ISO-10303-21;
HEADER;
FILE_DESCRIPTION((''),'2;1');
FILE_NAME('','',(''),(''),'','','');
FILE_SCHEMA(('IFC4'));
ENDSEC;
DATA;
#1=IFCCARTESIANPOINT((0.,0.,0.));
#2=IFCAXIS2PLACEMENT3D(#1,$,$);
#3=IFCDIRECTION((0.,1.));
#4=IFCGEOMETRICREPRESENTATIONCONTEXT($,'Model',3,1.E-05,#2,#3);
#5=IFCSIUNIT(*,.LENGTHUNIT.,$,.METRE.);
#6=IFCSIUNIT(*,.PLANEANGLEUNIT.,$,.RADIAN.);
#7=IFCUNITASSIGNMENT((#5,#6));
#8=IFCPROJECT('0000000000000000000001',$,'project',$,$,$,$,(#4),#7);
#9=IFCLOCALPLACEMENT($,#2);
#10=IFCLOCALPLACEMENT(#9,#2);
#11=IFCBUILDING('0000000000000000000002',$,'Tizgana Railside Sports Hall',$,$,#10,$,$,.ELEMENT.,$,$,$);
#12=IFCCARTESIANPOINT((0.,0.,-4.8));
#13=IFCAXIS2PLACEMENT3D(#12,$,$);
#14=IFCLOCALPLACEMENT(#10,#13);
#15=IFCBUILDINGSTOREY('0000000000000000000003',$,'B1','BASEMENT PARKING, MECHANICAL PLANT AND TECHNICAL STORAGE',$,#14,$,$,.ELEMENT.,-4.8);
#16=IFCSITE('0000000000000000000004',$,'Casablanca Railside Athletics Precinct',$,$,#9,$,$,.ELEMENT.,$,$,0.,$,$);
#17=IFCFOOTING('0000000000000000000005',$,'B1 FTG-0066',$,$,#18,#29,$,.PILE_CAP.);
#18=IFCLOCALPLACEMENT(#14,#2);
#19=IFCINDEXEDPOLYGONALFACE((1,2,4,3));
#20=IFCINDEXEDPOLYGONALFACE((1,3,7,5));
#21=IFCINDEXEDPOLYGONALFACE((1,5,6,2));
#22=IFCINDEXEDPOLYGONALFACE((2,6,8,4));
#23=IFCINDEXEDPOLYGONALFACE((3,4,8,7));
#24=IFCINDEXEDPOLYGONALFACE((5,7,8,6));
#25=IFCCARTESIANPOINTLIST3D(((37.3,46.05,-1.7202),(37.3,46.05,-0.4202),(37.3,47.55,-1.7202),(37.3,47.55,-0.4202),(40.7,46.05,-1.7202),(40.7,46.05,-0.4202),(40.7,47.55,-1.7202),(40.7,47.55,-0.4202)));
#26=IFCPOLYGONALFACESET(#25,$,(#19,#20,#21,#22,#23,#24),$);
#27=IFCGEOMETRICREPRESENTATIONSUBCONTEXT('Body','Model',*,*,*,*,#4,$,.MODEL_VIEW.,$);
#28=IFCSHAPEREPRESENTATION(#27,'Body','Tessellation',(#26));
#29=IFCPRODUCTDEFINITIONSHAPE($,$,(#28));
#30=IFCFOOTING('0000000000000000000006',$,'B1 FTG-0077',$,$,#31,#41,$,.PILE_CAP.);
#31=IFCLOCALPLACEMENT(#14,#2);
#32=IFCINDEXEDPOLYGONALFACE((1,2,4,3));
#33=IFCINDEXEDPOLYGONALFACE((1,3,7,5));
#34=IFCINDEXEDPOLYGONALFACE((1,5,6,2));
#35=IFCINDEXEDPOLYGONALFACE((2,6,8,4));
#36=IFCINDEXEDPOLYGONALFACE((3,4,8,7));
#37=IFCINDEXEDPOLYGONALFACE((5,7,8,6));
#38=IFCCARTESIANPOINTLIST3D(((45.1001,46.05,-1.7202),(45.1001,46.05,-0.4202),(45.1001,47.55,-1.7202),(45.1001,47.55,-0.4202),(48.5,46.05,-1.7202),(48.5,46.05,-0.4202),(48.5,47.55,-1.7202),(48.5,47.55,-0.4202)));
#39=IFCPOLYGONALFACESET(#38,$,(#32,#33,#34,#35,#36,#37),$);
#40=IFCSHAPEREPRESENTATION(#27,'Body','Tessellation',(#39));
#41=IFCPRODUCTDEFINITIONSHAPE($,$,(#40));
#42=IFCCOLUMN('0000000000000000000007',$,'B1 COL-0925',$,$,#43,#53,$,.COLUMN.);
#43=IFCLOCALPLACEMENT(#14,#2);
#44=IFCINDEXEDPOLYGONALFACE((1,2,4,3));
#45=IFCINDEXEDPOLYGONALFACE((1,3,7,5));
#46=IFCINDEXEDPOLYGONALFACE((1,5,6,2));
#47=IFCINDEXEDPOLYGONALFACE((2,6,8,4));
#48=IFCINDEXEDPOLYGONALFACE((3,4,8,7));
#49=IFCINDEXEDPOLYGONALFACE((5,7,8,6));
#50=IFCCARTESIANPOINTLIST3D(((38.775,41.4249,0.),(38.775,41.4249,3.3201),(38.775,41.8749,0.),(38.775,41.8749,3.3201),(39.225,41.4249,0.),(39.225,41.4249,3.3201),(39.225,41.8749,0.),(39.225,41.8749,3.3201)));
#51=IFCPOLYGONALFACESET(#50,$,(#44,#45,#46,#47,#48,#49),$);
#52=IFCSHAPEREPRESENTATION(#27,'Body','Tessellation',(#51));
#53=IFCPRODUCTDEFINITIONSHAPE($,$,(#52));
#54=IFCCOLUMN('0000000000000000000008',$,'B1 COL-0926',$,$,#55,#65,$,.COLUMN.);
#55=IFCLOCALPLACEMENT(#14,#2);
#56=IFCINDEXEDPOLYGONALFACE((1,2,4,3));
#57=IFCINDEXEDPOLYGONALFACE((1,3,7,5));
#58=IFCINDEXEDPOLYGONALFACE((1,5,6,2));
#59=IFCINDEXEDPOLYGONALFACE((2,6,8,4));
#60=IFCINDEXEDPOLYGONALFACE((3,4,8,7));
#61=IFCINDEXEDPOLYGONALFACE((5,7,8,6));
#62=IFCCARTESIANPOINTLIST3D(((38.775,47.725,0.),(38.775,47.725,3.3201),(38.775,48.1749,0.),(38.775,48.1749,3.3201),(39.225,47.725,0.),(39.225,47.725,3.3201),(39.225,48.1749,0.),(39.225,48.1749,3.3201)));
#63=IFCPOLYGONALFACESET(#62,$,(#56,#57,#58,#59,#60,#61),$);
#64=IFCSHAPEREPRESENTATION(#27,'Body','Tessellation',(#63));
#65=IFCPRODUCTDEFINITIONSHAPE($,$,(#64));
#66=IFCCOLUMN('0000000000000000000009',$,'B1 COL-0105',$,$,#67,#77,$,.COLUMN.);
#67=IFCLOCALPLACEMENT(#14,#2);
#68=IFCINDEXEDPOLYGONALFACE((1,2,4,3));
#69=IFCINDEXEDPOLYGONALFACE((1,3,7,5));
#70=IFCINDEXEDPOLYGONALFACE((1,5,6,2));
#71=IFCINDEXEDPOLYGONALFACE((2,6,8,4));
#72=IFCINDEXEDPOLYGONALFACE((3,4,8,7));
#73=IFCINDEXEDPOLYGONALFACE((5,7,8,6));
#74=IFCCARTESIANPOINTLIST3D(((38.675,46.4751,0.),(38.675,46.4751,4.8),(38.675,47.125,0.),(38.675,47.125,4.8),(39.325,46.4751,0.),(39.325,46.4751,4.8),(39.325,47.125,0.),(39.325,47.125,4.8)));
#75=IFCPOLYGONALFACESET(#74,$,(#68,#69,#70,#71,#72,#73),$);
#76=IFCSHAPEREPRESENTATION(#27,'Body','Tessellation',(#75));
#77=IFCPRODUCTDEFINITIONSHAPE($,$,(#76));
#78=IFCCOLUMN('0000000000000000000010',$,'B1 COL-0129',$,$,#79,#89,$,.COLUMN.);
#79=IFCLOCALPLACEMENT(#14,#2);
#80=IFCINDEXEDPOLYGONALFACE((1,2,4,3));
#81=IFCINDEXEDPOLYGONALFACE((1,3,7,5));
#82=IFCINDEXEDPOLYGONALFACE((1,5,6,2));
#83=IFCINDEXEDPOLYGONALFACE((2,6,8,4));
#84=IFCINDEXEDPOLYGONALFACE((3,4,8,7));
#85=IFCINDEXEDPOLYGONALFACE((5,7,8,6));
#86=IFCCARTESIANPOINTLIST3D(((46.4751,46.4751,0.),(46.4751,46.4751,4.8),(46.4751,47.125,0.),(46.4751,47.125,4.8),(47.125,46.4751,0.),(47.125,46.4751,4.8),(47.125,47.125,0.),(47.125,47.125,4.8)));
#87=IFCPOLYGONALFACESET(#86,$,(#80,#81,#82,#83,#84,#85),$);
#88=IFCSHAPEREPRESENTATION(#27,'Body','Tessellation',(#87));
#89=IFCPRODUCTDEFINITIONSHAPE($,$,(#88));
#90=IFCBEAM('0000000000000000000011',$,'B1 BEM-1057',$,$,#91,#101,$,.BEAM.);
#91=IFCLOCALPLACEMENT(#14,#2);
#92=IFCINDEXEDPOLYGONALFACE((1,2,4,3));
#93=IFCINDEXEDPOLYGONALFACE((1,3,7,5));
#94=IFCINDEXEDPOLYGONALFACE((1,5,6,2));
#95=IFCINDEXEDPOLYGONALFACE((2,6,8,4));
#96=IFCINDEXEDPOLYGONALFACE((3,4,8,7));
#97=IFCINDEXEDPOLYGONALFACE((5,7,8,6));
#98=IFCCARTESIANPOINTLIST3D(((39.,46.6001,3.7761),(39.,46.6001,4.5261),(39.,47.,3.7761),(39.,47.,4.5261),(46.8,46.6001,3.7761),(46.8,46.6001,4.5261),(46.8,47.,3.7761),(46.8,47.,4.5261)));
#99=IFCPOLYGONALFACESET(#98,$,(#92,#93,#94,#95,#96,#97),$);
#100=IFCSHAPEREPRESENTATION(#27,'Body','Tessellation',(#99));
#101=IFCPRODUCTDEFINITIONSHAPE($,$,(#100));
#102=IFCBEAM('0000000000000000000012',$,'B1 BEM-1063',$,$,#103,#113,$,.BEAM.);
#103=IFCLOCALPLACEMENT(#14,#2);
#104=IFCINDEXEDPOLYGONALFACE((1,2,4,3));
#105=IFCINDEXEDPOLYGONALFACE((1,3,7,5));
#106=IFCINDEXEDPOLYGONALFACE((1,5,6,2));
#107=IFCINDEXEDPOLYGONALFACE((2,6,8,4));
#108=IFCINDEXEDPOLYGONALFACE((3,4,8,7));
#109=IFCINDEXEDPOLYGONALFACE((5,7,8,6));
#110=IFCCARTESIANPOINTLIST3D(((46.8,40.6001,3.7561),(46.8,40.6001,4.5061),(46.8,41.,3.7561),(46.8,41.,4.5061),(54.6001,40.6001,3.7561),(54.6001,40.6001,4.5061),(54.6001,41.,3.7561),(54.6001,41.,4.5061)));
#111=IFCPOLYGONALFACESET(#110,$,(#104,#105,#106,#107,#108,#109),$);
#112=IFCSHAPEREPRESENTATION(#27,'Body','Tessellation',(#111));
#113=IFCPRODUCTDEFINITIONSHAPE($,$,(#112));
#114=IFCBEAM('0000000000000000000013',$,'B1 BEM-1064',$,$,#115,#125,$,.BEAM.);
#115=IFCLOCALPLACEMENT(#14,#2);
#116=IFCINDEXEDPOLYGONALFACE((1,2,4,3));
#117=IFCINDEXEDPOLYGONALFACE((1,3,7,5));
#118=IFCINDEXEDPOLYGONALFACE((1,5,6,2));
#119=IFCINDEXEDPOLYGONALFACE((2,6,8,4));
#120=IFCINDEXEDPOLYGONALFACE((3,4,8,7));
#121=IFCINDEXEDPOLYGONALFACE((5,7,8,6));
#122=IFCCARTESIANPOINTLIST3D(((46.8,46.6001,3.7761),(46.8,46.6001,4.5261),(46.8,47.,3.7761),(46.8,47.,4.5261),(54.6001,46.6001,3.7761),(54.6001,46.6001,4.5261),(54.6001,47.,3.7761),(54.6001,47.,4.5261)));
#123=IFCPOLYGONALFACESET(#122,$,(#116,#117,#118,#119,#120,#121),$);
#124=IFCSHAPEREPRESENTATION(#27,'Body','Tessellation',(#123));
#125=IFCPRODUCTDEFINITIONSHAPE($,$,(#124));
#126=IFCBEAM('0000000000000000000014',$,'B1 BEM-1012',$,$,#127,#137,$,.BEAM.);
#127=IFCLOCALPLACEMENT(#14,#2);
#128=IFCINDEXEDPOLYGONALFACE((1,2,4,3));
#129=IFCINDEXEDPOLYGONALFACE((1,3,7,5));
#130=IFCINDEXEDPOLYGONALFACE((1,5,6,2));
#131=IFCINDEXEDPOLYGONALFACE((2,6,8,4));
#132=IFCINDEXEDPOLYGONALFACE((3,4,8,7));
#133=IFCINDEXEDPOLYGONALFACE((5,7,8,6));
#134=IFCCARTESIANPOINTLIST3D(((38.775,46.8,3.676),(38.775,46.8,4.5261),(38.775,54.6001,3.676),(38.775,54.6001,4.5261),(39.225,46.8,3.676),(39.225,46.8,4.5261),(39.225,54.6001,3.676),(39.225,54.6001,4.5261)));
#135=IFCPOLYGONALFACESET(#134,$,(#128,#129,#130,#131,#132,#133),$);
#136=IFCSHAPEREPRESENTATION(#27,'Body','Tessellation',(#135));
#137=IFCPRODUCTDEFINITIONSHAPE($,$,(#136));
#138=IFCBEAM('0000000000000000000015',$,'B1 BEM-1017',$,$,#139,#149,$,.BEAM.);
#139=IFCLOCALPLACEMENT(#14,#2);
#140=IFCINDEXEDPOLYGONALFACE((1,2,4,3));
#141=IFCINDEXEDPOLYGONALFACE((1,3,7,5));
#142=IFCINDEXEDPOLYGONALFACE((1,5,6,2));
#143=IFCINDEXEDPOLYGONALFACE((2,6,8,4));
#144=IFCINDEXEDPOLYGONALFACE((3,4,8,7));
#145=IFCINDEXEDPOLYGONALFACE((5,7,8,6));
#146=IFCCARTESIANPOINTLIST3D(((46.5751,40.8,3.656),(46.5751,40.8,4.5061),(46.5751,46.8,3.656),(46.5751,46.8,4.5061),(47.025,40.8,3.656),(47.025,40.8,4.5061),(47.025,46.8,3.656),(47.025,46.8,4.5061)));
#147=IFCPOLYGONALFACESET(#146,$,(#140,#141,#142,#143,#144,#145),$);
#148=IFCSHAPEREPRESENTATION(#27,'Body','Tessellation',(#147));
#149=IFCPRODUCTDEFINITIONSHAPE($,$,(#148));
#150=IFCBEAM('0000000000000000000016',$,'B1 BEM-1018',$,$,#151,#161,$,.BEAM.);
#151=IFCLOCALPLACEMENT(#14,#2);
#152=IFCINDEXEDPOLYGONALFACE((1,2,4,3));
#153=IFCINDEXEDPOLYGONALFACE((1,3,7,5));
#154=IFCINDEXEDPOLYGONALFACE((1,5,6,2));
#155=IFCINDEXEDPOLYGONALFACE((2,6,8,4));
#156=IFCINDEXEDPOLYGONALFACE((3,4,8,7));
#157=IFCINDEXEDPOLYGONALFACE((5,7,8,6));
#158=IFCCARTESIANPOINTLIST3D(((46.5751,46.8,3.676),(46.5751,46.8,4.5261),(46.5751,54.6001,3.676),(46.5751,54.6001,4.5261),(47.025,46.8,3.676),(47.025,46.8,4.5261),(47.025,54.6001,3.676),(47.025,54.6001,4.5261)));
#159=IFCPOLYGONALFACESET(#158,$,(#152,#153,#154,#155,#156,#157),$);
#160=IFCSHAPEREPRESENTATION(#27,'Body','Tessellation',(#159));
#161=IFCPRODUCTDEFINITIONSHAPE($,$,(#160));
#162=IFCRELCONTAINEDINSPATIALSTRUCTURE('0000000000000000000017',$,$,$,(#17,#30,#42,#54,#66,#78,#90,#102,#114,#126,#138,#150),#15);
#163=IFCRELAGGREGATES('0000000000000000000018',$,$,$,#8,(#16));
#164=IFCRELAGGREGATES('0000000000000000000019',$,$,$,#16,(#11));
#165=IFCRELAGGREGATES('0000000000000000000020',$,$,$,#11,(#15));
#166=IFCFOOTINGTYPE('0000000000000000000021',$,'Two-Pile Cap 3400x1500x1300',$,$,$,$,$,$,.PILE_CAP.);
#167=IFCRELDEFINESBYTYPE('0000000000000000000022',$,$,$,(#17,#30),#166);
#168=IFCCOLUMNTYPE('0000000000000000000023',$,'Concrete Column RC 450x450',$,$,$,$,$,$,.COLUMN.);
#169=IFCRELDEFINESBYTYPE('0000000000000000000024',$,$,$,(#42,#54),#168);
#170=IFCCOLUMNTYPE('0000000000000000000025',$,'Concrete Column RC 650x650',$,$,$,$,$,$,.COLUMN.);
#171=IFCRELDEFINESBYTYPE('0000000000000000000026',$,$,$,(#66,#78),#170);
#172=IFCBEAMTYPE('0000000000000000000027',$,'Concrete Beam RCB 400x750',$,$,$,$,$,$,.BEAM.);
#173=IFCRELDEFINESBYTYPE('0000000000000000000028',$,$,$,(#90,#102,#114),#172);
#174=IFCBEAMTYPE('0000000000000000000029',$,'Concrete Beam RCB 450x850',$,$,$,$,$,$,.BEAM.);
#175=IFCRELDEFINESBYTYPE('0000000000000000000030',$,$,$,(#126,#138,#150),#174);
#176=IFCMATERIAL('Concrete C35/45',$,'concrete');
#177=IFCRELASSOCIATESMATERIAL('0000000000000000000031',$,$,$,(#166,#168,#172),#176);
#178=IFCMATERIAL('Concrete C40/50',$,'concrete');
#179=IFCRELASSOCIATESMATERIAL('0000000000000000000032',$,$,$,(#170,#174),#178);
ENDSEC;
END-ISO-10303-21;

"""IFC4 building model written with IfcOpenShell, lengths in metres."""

from ifc_helpers import new_model, si_unit, direction, frame, origin, origin_2d, place, context, subcontext, project, spatial, rectangle, extrude, material, material_profile, profile_set, type_object, element, save


model = new_model("IFC4")

# Units and contexts
model_context = context("Model", 3, precision=1e-05, world=origin(), true_north=direction((0.0, 1.0)))
body_context = subcontext(model_context, "Body", "Model", "MODEL_VIEW")
ifc_project = project(units=[si_unit("LENGTHUNIT", "METRE"), si_unit("PLANEANGLEUNIT", "RADIAN")], contexts=[model_context])

# Site, building, storey
site_placement = place(None, origin())
site = spatial("IfcSite", under=ifc_project, at=site_placement, Name="Casablanca Railside Athletics Precinct", CompositionType="ELEMENT", RefElevation=0.0)
building_placement = place(site_placement, origin())
building = spatial("IfcBuilding", under=site, at=building_placement, Name="Tizgana Railside Sports Hall", CompositionType="ELEMENT")
storey_placement = place(building_placement, frame((0.0, 0.0, -4.8)))
storey = spatial("IfcBuildingStorey", under=building, at=storey_placement, Name="B1", Description="BASEMENT PARKING, MECHANICAL PLANT AND TECHNICAL STORAGE", CompositionType="ELEMENT", Elevation=-4.8)

# Shared definitions
ifc_material_1 = material(Name="Concrete C35/45", Category="concrete")

# Footings
footing_type_1 = type_object("IfcFootingType", Name="Two-Pile Cap 3400x1500x1300", PredefinedType="PILE_CAP", material=ifc_material_1)
for number, where, z_axis, x_axis, name in (
    (1, (39.0, 46.8, -1.7202), (0.0, 0.0, 1.0), (1.0, 0.0, 0.0), "B1 FTG-0066"),
    (2, (46.8, 46.8, -1.7202), (0.0, 0.0, 1.0), (1.0, 0.0, 0.0), "B1 FTG-0077"),
):
    element("IfcFooting", number, at=place(storey_placement, frame(where, z_axis=z_axis, x_axis=x_axis)), inside=storey, type_object=footing_type_1, Name=name, PredefinedType="PILE_CAP", context=body_context, shape_type="SweptSolid", body=[
        extrude(rectangle(XDim=3.3999, YDim=1.5, at=origin_2d()), origin(), (0.0, 0.0, 1.0), 1.3),
    ])

# Columns
ifc_material_profile_1 = material_profile(ifc_material_1, rectangle(XDim=0.45, YDim=0.45, at=origin_2d()), Name="RC 450x450")
ifc_profile_set_1 = profile_set([ifc_material_profile_1], Name="Concrete C35/45")
column_type_1 = type_object("IfcColumnType", Name="Concrete Column RC 450x450", PredefinedType="COLUMN", material=ifc_profile_set_1)
for number, where, z_axis, x_axis, name in (
    (3, (39.0, 41.6499, 0.0), (0.0, 0.0, 1.0), (1.0, 0.0, 0.0), "B1 COL-0925"),
    (4, (39.0, 47.95, 0.0), (0.0, 0.0, 1.0), (1.0, 0.0, 0.0), "B1 COL-0926"),
):
    element("IfcColumn", number, at=place(storey_placement, frame(where, z_axis=z_axis, x_axis=x_axis)), inside=storey, type_object=column_type_1, Name=name, PredefinedType="COLUMN", context=body_context, shape_type="SweptSolid", body=[
        extrude(rectangle(XDim=0.45, YDim=0.45, at=origin_2d()), origin(), (0.0, 0.0, 1.0), 3.3201),
    ])
ifc_material_2 = material(Name="Concrete C40/50", Category="concrete")
ifc_material_profile_2 = material_profile(ifc_material_2, rectangle(XDim=0.6499, YDim=0.6499, at=origin_2d()), Name="RC 650x650")
ifc_profile_set_2 = profile_set([ifc_material_profile_2], Name="Concrete C40/50")
column_type_2 = type_object("IfcColumnType", Name="Concrete Column RC 650x650", PredefinedType="COLUMN", material=ifc_profile_set_2)
for number, where, z_axis, x_axis, name in (
    (5, (39.0, 46.8, 0.0), (0.0, 0.0, 1.0), (1.0, 0.0, 0.0), "B1 COL-0105"),
    (6, (46.8, 46.8, 0.0), (0.0, 0.0, 1.0), (1.0, 0.0, 0.0), "B1 COL-0129"),
):
    element("IfcColumn", number, at=place(storey_placement, frame(where, z_axis=z_axis, x_axis=x_axis)), inside=storey, type_object=column_type_2, Name=name, PredefinedType="COLUMN", context=body_context, shape_type="SweptSolid", body=[
        extrude(rectangle(XDim=0.6499, YDim=0.6499, at=origin_2d()), origin(), (0.0, 0.0, 1.0), 4.8),
    ])

# Beams
ifc_material_profile_3 = material_profile(ifc_material_1, rectangle(XDim=0.3999, YDim=0.75, at=origin_2d()), Name="RCB 400x750")
ifc_profile_set_3 = profile_set([ifc_material_profile_3], Name="Concrete C35/45")
beam_type_1 = type_object("IfcBeamType", Name="Concrete Beam RCB 400x750", PredefinedType="BEAM", material=ifc_profile_set_3)
for number, where, z_axis, x_axis, name in (
    (7, (39.0, 46.8, 4.1511), (1.0, 0.0, 0.0), (0.0, 1.0, 0.0), "B1 BEM-1057"),
    (8, (46.8, 40.8, 4.1311), (1.0, 0.0, 0.0), (0.0, 1.0, 0.0), "B1 BEM-1063"),
    (9, (46.8, 46.8, 4.1511), (1.0, 0.0, 0.0), (0.0, 1.0, 0.0), "B1 BEM-1064"),
):
    element("IfcBeam", number, at=place(storey_placement, frame(where, z_axis=z_axis, x_axis=x_axis)), inside=storey, type_object=beam_type_1, Name=name, PredefinedType="BEAM", context=body_context, shape_type="SweptSolid", body=[
        extrude(rectangle(XDim=0.3999, YDim=0.75, at=origin_2d()), origin(), (0.0, 0.0, 1.0), 7.8),
    ])
ifc_material_profile_4 = material_profile(ifc_material_2, rectangle(XDim=0.45, YDim=0.8501, at=origin_2d()), Name="RCB 450x850")
ifc_profile_set_4 = profile_set([ifc_material_profile_4], Name="Concrete C40/50")
beam_type_2 = type_object("IfcBeamType", Name="Concrete Beam RCB 450x850", PredefinedType="BEAM", material=ifc_profile_set_4)
beam_1_placement = place(storey_placement, frame((39.0, 46.8, 4.1011), z_axis=(0.0, 1.0, 0.0), x_axis=(-1.0, 0.0, 0.0)))
element("IfcBeam", 10, at=beam_1_placement, inside=storey, type_object=beam_type_2, Name="B1 BEM-1012", PredefinedType="BEAM", context=body_context, shape_type="SweptSolid", body=[
    extrude(rectangle(XDim=0.45, YDim=0.8501, at=origin_2d()), origin(), (0.0, 0.0, 1.0), 7.8),
])
beam_2_placement = place(storey_placement, frame((46.8, 40.8, 4.0811), z_axis=(0.0, 1.0, 0.0), x_axis=(-1.0, 0.0, 0.0)))
element("IfcBeam", 11, at=beam_2_placement, inside=storey, type_object=beam_type_2, Name="B1 BEM-1017", PredefinedType="BEAM", context=body_context, shape_type="SweptSolid", body=[
    extrude(rectangle(XDim=0.45, YDim=0.8501, at=origin_2d()), origin(), (0.0, 0.0, 1.0), 6.0),
])
beam_3_placement = place(storey_placement, frame((46.8, 46.8, 4.1011), z_axis=(0.0, 1.0, 0.0), x_axis=(-1.0, 0.0, 0.0)))
element("IfcBeam", 12, at=beam_3_placement, inside=storey, type_object=beam_type_2, Name="B1 BEM-1018", PredefinedType="BEAM", context=body_context, shape_type="SweptSolid", body=[
    extrude(rectangle(XDim=0.45, YDim=0.8501, at=origin_2d()), origin(), (0.0, 0.0, 1.0), 7.8),
])

save(model, "model.ifc")
